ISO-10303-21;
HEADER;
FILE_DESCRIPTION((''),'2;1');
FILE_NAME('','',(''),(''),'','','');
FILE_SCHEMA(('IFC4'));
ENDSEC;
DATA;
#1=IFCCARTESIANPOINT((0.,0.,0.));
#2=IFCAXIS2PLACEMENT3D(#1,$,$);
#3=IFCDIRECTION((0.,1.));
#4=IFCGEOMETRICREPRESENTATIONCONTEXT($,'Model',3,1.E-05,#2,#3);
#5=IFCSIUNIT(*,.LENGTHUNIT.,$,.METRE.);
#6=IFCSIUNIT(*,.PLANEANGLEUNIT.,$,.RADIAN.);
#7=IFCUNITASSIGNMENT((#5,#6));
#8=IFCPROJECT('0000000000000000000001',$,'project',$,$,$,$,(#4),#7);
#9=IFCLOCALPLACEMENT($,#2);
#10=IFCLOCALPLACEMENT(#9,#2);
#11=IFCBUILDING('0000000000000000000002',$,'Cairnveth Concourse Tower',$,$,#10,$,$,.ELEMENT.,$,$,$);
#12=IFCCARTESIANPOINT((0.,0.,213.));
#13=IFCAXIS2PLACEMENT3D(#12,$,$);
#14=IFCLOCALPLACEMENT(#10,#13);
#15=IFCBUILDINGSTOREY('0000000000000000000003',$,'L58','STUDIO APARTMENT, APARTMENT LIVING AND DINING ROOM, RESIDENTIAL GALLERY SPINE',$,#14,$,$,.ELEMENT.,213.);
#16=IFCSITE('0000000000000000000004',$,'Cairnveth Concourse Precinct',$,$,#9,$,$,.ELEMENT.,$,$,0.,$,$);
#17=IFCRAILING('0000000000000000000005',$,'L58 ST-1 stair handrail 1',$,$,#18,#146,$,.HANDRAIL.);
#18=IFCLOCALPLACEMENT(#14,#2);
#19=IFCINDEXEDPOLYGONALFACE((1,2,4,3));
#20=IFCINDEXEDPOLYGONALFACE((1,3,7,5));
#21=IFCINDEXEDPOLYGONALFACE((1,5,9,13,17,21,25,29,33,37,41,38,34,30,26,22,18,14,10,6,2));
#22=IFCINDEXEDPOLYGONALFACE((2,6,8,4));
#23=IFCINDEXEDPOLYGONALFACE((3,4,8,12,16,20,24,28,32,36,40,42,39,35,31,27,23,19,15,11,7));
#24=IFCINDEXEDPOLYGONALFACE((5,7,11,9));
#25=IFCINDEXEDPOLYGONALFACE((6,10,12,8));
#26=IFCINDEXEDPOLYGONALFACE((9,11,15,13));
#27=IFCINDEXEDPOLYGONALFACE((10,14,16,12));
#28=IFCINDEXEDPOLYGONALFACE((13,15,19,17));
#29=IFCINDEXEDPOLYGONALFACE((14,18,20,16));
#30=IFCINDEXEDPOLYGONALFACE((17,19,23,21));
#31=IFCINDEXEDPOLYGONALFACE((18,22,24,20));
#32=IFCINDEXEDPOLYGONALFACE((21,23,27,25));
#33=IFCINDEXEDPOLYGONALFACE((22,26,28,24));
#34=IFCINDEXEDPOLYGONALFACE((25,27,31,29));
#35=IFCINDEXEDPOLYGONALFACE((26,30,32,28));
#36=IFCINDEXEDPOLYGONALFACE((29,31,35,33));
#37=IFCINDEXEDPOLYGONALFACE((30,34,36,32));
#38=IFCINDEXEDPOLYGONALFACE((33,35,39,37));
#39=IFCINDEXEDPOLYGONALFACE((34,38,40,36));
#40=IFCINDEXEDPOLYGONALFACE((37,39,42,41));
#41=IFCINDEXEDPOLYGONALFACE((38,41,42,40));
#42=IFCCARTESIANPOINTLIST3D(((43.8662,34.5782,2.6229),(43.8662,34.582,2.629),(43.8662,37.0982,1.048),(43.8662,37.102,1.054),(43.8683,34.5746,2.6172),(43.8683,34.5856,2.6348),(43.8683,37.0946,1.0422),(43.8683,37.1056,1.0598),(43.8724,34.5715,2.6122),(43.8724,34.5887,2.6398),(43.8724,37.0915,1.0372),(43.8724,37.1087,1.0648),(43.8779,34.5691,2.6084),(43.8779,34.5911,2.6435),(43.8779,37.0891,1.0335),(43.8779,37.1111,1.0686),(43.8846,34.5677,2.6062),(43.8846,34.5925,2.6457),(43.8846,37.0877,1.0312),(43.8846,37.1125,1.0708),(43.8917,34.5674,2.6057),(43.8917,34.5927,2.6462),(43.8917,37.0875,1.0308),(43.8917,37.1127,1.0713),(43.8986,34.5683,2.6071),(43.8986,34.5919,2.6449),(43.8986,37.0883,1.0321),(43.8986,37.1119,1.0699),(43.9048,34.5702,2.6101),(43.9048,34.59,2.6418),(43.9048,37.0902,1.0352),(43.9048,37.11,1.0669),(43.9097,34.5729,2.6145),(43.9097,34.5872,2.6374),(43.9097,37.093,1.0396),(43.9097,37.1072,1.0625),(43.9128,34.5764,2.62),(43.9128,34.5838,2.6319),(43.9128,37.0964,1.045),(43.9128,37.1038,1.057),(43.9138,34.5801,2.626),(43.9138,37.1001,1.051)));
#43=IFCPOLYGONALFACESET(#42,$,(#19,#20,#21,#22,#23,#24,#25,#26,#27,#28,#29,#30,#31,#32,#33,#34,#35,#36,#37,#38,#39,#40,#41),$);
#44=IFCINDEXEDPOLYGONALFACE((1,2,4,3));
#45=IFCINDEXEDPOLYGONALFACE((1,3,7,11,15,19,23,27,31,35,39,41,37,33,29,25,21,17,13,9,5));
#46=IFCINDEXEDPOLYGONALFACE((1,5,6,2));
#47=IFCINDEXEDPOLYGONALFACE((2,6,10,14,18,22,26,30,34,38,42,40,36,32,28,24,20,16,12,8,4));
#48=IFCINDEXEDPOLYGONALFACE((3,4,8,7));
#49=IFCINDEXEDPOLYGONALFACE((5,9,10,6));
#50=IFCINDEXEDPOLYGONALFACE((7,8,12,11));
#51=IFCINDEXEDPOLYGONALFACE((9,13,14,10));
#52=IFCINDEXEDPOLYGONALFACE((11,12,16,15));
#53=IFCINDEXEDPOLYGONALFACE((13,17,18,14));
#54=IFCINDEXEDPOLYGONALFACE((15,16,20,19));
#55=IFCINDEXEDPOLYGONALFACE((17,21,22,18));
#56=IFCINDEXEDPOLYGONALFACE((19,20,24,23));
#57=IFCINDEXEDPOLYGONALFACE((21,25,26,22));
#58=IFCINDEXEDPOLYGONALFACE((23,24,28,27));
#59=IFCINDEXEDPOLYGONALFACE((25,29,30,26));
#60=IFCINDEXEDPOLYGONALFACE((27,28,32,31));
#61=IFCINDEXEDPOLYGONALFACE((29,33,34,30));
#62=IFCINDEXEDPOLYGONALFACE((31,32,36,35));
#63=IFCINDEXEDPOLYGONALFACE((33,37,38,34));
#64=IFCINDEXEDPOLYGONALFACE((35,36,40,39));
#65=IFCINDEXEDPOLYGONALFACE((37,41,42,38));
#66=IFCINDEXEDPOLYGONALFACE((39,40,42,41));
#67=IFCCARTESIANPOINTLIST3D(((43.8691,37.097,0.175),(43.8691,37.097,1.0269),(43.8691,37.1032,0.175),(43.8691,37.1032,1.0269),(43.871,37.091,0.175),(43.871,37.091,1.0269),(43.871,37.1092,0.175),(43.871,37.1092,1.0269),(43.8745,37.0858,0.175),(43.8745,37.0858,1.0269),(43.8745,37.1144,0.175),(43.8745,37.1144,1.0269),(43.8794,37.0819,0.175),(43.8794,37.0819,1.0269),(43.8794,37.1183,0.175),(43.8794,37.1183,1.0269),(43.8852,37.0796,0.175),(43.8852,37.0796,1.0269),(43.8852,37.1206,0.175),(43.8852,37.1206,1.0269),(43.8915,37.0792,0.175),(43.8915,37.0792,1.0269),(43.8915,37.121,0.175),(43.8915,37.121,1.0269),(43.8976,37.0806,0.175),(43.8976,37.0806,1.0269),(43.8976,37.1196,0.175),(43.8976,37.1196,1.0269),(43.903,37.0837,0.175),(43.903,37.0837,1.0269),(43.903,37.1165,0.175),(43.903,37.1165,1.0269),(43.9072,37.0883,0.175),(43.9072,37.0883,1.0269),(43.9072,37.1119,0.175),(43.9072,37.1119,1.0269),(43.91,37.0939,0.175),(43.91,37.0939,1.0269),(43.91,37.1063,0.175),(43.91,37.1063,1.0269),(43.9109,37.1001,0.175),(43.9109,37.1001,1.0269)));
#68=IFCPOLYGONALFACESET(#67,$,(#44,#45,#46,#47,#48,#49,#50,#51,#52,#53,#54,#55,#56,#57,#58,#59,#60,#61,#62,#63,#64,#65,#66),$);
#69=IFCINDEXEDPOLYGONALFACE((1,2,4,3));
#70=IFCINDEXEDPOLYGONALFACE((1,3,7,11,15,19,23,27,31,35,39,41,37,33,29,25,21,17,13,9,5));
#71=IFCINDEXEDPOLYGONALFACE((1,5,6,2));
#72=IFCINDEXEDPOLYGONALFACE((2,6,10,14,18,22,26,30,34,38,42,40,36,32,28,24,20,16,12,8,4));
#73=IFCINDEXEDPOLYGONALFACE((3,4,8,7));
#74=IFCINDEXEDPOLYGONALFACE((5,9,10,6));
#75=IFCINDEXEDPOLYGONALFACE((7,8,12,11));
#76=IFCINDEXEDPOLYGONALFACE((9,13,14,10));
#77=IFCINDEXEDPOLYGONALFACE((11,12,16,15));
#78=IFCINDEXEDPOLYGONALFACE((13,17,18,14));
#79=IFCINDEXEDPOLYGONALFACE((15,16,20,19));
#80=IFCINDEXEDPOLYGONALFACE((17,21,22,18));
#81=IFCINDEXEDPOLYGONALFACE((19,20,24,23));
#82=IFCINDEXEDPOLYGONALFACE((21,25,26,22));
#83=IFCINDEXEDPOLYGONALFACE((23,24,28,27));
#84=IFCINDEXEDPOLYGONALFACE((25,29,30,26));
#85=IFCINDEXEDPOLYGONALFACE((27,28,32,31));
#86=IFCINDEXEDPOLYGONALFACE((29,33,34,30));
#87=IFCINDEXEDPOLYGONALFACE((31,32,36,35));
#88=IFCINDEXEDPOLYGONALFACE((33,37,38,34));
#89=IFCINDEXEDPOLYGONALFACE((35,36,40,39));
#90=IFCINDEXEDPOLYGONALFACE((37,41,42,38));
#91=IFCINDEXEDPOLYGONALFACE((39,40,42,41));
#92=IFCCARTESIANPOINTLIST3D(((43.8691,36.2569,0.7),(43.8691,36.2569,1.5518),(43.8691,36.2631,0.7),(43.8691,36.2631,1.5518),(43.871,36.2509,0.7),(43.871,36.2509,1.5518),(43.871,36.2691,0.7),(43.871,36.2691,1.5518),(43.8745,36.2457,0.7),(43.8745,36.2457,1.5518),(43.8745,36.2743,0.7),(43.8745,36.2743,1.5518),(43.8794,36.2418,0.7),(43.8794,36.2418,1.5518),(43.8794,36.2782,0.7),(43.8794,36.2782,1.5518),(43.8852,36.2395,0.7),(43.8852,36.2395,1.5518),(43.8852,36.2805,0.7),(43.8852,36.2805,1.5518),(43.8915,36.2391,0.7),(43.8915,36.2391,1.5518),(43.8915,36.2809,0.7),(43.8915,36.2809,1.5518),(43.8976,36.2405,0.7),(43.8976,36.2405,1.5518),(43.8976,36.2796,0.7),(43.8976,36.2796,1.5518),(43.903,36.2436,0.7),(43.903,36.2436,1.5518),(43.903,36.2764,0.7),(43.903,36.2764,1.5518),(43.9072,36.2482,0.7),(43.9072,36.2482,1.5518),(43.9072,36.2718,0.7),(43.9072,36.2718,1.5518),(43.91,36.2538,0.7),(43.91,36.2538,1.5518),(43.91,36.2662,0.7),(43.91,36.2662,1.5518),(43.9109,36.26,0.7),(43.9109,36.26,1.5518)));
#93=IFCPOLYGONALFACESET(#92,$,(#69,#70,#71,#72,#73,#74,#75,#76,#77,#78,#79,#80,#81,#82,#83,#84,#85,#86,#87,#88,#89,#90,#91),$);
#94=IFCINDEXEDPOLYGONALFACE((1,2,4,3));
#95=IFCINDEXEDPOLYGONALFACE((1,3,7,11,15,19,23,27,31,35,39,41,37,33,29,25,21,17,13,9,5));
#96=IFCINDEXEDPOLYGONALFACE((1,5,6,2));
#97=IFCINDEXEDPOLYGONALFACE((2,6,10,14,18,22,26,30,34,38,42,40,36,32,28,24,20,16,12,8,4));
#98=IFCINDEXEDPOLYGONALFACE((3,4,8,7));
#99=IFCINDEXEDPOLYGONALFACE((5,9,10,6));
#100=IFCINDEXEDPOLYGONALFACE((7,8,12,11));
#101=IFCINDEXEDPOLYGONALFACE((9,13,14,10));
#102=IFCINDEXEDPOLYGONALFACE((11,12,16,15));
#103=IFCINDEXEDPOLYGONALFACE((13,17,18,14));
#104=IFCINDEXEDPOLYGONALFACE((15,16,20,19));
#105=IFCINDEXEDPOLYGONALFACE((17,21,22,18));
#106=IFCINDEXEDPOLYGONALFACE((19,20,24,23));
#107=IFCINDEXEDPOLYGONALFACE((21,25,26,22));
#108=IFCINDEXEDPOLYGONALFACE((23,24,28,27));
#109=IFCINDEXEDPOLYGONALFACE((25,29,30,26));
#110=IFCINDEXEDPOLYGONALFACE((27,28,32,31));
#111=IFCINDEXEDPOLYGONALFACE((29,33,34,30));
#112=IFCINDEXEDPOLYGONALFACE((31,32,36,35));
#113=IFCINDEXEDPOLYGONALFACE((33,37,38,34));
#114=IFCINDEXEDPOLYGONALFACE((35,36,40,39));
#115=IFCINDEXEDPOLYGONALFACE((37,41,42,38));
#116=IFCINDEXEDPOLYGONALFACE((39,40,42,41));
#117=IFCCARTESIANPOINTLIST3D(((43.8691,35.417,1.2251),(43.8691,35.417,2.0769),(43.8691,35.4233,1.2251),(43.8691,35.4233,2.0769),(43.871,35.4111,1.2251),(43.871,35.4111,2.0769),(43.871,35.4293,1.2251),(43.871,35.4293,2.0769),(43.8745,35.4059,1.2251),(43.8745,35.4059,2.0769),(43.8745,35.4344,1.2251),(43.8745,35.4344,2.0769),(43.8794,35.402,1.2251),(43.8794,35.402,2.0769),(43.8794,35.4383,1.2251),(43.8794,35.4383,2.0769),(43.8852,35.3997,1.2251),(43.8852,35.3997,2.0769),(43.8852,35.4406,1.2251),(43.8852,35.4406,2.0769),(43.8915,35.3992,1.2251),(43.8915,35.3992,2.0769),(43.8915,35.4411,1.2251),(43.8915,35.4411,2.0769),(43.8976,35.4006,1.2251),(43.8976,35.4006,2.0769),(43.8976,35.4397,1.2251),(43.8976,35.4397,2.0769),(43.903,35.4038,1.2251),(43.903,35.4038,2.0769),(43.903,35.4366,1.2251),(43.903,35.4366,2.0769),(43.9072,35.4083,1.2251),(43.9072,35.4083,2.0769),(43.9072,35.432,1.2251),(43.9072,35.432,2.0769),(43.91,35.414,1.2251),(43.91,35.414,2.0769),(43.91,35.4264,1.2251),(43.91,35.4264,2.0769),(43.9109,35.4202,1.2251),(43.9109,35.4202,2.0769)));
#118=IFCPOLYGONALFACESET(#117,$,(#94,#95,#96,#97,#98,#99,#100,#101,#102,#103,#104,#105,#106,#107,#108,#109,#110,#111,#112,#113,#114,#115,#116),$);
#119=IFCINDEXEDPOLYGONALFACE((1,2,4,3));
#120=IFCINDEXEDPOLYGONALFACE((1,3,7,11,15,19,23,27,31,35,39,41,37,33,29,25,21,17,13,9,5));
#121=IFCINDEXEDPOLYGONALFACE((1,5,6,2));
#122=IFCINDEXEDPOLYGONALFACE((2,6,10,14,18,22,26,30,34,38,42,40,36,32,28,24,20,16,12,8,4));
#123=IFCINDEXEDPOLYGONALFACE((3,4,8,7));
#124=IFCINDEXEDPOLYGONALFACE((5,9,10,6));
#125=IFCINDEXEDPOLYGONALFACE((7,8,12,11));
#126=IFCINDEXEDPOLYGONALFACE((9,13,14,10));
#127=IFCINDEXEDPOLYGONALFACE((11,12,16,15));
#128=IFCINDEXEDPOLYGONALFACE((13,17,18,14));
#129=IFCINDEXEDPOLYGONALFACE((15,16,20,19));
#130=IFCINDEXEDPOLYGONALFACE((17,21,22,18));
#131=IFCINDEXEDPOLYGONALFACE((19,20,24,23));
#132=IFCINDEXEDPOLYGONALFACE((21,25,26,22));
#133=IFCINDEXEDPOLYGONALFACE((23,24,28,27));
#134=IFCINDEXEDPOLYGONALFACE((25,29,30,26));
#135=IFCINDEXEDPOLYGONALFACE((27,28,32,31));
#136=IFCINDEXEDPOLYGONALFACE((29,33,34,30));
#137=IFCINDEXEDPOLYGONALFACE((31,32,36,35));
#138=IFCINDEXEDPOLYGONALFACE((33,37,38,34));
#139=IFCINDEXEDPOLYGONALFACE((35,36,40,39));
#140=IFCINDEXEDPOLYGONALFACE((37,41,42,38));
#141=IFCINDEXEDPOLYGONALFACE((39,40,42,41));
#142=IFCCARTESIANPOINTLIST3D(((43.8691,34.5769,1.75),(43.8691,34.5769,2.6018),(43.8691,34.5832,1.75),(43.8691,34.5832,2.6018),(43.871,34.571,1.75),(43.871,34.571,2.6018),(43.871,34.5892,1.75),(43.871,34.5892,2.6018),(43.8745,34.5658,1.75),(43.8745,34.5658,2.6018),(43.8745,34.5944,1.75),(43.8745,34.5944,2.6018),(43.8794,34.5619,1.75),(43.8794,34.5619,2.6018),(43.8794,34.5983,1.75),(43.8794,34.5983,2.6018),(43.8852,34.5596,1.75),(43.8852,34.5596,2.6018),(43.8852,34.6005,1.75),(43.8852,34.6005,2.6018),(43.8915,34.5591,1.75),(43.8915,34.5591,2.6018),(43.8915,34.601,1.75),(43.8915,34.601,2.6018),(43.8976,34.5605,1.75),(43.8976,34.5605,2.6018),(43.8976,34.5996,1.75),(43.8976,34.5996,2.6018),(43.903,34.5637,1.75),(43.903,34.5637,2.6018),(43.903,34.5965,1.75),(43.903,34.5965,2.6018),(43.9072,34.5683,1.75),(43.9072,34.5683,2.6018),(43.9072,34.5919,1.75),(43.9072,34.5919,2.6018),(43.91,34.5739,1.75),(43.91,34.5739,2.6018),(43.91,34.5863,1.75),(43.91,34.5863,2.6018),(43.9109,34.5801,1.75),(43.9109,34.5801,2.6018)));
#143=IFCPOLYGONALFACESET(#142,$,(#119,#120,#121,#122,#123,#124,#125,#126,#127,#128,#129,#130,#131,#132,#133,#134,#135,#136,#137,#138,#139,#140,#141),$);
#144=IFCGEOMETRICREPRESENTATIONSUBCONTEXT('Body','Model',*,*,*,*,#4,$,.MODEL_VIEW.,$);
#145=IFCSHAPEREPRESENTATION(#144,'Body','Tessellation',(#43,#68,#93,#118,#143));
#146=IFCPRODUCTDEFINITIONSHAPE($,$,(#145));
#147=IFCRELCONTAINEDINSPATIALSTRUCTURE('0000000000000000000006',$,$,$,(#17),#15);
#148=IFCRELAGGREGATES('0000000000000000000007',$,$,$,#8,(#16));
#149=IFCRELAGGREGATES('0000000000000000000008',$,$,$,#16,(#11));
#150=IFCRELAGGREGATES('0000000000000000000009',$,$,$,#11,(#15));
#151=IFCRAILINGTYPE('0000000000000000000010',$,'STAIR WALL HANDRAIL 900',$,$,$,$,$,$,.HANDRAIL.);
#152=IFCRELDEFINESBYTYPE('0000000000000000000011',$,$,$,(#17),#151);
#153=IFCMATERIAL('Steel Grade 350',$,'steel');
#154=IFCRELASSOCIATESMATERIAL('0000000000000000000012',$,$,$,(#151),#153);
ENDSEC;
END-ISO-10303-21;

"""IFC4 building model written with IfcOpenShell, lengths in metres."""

from ifc_helpers import new_model, si_unit, direction, frame, origin, origin_2d, place, context, subcontext, project, spatial, circle, extrude, material, type_object, element, save


model = new_model("IFC4")

# Units and contexts
model_context = context("Model", 3, precision=1e-05, world=origin(), true_north=direction((0.0, 1.0)))
body_context = subcontext(model_context, "Body", "Model", "MODEL_VIEW")
ifc_project = project(units=[si_unit("LENGTHUNIT", "METRE"), si_unit("PLANEANGLEUNIT", "RADIAN")], contexts=[model_context])

# Site, building, storey
site_placement = place(None, origin())
site = spatial("IfcSite", under=ifc_project, at=site_placement, Name="Cairnveth Concourse Precinct", CompositionType="ELEMENT", RefElevation=0.0)
building_placement = place(site_placement, origin())
building = spatial("IfcBuilding", under=site, at=building_placement, Name="Cairnveth Concourse Tower", CompositionType="ELEMENT")
storey_placement = place(building_placement, frame((0.0, 0.0, 213.0)))
storey = spatial("IfcBuildingStorey", under=building, at=storey_placement, Name="L58", Description="STUDIO APARTMENT, APARTMENT LIVING AND DINING ROOM, RESIDENTIAL GALLERY SPINE", CompositionType="ELEMENT", Elevation=213.0)

# Railing
ifc_material_1 = material(Name="Steel Grade 350", Category="steel")
railing_type_1 = type_object("IfcRailingType", Name="STAIR WALL HANDRAIL 900", PredefinedType="HANDRAIL", material=ifc_material_1)
railing_1_placement = place(storey_placement, frame((43.8899, 37.1001, 0.175)))
element("IfcRailing", 1, at=railing_1_placement, inside=storey, type_object=railing_type_1, Name="L58 ST-1 stair handrail 1", PredefinedType="HANDRAIL", context=body_context, shape_type="SweptSolid", body=[
    extrude(circle(Radius=0.0239, at=origin_2d()), frame((0.0, 0.0, 0.876), z_axis=(0.0, -0.848008, 0.529984), x_axis=(1.0, 0.0, 0.0)), (0.0, 0.0, 1.0), 2.9717),
    extrude(circle(Radius=0.021, at=origin_2d()), origin(), (0.0, 0.0, 1.0), 0.8518),
    extrude(circle(Radius=0.021, at=origin_2d()), frame((0.0, -0.8401, 0.5249)), (0.0, 0.0, 1.0), 0.8518),
    extrude(circle(Radius=0.021, at=origin_2d()), frame((0.0, -1.6799, 1.05)), (0.0, 0.0, 1.0), 0.8518),
    extrude(circle(Radius=0.021, at=origin_2d()), frame((0.0, -2.52, 1.575)), (0.0, 0.0, 1.0), 0.8518),
])

save(model, "model.ifc")
